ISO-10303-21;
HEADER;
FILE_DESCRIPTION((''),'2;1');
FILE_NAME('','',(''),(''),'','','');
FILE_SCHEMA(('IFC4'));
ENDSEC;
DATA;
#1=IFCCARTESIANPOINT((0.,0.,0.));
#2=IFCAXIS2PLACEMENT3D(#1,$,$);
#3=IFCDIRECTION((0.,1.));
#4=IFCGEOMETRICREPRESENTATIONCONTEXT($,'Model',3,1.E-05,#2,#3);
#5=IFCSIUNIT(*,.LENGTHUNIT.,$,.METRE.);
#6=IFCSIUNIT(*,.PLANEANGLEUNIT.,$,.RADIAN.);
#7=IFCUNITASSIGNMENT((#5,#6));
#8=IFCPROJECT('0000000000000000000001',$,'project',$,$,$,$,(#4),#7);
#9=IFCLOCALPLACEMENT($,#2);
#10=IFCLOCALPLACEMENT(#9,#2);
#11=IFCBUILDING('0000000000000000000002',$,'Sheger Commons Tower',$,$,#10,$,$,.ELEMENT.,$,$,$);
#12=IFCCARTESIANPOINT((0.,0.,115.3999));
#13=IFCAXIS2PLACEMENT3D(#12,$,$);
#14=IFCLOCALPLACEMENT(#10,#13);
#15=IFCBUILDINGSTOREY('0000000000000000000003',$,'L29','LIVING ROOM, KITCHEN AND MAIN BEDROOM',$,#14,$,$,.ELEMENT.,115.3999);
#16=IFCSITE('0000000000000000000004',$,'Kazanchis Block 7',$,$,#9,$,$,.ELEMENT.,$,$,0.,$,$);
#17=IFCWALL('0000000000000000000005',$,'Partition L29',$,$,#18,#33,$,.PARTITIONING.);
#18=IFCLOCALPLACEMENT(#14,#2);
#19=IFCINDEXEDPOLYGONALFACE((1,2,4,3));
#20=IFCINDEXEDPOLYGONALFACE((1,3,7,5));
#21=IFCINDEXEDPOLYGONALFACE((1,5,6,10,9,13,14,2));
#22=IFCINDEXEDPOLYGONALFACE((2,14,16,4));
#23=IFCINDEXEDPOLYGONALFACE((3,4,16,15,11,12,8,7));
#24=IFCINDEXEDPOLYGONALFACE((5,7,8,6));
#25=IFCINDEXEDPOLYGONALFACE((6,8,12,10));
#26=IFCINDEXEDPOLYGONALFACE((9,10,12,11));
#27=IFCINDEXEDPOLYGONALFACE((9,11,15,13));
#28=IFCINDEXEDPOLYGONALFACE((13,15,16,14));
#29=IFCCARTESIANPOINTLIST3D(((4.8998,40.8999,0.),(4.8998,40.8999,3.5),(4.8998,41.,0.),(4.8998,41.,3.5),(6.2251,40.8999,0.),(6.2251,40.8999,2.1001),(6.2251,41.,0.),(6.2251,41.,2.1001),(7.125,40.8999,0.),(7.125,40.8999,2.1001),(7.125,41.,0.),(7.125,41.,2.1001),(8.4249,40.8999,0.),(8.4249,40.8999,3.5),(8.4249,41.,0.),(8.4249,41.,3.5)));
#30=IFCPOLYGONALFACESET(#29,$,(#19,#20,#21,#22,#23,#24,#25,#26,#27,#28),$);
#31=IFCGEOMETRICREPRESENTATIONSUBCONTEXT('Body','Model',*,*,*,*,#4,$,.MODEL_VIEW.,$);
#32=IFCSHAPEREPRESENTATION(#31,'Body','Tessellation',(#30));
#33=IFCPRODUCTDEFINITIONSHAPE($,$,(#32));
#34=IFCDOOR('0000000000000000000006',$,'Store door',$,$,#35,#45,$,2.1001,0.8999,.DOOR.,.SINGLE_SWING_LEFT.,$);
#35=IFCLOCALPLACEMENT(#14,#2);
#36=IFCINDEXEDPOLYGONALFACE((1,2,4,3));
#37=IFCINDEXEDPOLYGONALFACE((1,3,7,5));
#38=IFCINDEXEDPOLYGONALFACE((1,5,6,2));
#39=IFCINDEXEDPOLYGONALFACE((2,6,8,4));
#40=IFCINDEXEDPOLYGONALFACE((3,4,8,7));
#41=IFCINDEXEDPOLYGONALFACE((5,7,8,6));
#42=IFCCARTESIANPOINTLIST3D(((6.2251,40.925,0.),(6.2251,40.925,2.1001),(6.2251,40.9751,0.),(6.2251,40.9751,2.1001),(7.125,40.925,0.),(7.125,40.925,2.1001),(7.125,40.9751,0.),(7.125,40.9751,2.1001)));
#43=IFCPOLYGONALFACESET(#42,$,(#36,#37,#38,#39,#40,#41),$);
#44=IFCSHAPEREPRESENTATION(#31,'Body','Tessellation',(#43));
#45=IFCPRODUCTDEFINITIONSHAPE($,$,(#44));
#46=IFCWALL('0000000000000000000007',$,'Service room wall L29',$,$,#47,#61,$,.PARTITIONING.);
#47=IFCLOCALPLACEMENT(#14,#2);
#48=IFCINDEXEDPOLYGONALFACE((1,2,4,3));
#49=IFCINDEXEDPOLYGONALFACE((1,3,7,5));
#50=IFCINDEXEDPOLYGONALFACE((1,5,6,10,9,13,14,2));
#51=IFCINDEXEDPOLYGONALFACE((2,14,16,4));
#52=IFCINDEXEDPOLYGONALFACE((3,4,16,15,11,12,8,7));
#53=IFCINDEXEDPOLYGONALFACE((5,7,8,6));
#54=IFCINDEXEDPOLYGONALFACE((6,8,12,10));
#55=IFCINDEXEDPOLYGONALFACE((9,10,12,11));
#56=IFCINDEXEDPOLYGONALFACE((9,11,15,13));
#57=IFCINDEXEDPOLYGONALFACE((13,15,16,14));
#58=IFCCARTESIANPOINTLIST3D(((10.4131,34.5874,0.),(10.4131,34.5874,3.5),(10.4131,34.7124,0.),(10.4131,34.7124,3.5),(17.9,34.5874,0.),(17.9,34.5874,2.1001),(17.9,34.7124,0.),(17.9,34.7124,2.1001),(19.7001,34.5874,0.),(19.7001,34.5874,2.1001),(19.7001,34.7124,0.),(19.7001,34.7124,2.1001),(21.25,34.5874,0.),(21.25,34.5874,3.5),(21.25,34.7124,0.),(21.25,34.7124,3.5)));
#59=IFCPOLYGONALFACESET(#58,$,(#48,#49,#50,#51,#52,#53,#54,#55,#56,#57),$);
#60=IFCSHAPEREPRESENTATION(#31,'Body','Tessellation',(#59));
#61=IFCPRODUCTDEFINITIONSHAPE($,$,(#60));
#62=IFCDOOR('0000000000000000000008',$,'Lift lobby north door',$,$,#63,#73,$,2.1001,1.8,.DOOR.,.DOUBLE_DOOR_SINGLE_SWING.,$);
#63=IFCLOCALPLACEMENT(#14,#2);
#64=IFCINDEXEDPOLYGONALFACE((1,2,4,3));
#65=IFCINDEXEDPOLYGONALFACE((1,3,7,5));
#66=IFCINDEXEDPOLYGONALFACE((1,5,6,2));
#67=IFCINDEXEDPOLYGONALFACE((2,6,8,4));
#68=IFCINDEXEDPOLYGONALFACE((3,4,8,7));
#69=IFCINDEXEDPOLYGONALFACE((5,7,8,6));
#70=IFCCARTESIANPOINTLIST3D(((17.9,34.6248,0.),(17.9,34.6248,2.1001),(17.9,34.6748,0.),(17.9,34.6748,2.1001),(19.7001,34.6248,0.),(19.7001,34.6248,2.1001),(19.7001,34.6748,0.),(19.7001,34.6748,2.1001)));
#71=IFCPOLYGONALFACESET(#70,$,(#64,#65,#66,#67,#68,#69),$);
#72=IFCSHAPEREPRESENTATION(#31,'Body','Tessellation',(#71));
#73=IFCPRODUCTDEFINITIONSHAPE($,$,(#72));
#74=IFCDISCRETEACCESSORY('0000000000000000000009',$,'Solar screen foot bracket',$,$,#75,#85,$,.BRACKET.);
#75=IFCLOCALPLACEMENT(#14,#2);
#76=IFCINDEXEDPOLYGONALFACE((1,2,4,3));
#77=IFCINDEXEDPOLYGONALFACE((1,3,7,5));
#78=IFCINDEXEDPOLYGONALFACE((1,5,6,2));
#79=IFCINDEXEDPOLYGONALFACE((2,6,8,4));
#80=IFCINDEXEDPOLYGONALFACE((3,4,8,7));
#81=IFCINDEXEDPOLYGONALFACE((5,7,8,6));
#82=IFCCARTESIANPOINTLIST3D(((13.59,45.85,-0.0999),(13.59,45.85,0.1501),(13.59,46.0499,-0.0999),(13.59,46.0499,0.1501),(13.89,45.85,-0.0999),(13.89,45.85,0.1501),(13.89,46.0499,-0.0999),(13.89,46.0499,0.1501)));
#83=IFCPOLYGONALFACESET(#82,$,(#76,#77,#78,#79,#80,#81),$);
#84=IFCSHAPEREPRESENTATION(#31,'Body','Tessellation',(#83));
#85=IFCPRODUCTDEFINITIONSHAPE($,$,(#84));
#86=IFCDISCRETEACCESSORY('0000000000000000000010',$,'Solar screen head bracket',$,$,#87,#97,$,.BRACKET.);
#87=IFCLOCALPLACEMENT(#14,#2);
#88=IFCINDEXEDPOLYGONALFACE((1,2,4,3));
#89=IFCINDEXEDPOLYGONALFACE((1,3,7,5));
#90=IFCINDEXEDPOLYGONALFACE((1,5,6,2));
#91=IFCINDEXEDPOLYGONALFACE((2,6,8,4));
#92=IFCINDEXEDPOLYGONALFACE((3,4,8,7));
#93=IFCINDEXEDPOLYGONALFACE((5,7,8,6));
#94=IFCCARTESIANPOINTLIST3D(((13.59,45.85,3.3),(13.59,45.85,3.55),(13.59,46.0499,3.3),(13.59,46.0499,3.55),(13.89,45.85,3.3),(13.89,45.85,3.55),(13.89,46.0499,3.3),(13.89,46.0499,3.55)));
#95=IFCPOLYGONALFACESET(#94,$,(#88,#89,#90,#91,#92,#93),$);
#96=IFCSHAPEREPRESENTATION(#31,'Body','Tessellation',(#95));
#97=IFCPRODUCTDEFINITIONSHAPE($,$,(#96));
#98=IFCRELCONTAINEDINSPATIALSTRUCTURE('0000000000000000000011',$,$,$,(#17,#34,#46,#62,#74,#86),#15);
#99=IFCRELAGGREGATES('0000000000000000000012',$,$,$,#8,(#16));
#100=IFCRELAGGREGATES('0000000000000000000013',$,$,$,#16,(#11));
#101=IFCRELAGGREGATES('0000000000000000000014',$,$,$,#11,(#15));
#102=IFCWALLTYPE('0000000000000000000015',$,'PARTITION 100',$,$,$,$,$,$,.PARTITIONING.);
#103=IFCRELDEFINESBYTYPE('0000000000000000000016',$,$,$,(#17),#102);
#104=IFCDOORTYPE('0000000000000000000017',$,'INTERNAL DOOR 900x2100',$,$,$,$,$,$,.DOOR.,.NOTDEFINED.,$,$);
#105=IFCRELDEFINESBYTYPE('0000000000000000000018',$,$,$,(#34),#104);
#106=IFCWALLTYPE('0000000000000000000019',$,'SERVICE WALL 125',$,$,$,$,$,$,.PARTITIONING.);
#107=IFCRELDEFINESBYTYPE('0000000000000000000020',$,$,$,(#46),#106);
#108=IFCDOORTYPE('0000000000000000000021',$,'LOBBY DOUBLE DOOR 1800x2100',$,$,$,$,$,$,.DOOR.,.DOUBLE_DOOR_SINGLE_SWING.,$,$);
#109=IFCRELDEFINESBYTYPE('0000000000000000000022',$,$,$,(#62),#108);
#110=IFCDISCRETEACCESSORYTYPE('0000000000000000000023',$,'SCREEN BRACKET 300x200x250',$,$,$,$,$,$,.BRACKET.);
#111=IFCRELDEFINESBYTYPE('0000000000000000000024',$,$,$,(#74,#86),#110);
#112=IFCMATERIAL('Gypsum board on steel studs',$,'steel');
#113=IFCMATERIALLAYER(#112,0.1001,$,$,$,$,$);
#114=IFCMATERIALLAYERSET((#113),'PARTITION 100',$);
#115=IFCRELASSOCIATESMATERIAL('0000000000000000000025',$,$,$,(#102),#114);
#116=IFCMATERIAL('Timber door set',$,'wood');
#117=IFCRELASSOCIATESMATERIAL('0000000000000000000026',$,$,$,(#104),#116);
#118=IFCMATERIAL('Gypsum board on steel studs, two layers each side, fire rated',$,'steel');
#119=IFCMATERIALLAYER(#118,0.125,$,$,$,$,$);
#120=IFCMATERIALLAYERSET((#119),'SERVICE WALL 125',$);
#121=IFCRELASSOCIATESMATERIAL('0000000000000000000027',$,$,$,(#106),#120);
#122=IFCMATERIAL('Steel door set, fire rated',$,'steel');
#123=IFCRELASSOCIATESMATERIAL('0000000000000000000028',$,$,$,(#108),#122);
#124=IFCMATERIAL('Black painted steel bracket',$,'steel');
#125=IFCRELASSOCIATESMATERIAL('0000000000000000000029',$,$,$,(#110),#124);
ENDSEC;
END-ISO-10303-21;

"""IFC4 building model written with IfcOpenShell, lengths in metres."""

from ifc_helpers import new_model, si_unit, direction, frame, frame_2d, origin, origin_2d, place, context, subcontext, project, spatial, rectangle, extrude, material, layer, layer_set, type_object, element, fill, save


model = new_model("IFC4")

# Units and contexts
model_context = context("Model", 3, precision=1e-05, world=origin(), true_north=direction((0.0, 1.0)))
body_context = subcontext(model_context, "Body", "Model", "MODEL_VIEW")
ifc_project = project(units=[si_unit("LENGTHUNIT", "METRE"), si_unit("PLANEANGLEUNIT", "RADIAN")], contexts=[model_context])

# Site, building, storey
site_placement = place(None, origin())
site = spatial("IfcSite", under=ifc_project, at=site_placement, Name="Kazanchis Block 7", CompositionType="ELEMENT", RefElevation=0.0)
building_placement = place(site_placement, origin())
building = spatial("IfcBuilding", under=site, at=building_placement, Name="Sheger Commons Tower", CompositionType="ELEMENT")
storey_placement = place(building_placement, frame((0.0, 0.0, 115.3999)))
storey = spatial("IfcBuildingStorey", under=building, at=storey_placement, Name="L29", Description="LIVING ROOM, KITCHEN AND MAIN BEDROOM", CompositionType="ELEMENT", Elevation=115.3999)

# Shared definitions
ifc_material_1 = material(Name="Gypsum board on steel studs", Category="steel")
ifc_layer_1 = layer(ifc_material_1, 0.1001)
ifc_layer_set_1 = layer_set([ifc_layer_1], Name="PARTITION 100")
wall_type_1 = type_object("IfcWallType", Name="PARTITION 100", PredefinedType="PARTITIONING", material=ifc_layer_set_1)

# Walls, openings, doors
wall_1_placement = place(storey_placement, frame((8.425, 40.95, 0.0), z_axis=(0.0, 0.0, 1.0), x_axis=(-1.0, 0.0, 0.0)))
wall_1 = element("IfcWall", 1, at=wall_1_placement, inside=storey, type_object=wall_type_1, Name="Partition L29", PredefinedType="PARTITIONING", context=body_context, shape_type="SweptSolid", body=[
    extrude(rectangle(XDim=3.5251, YDim=0.1001, at=frame_2d((1.7627, 0.0))), origin(), (0.0, 0.0, 1.0), 3.5),
])
opening_1_placement = place(wall_1_placement, frame((1.3, 0.0, 0.0)))
opening_1 = element("IfcOpeningElement", 2, at=opening_1_placement, cuts=wall_1, PredefinedType="OPENING", context=body_context, shape_type="SweptSolid", body=[
    extrude(rectangle(XDim=0.8999, YDim=2.1001, at=frame_2d((0.45, 1.05))), frame((0.0, 0.0601, 0.0), z_axis=(0.0, -1.0, 0.0), x_axis=(1.0, 0.0, 0.0)), (0.0, 0.0, 1.0), 0.1201),
])
ifc_material_2 = material(Name="Timber door set", Category="wood")
door_type_1 = type_object("IfcDoorType", Name="INTERNAL DOOR 900x2100", OperationType="NOTDEFINED", PredefinedType="DOOR", material=ifc_material_2)
door_1_placement = place(opening_1_placement, origin())
door_1 = element("IfcDoor", 3, at=door_1_placement, inside=storey, type_object=door_type_1, Name="Store door", OperationType="SINGLE_SWING_LEFT", OverallHeight=2.1001, OverallWidth=0.8999, PredefinedType="DOOR", context=body_context, shape_type="SweptSolid", body=[
    extrude(rectangle(XDim=0.8999, YDim=2.1001, at=frame_2d((0.45, 1.05))), frame((0.0, 0.0249, 0.0), z_axis=(0.0, -1.0, 0.0), x_axis=(1.0, 0.0, 0.0)), (0.0, 0.0, 1.0), 0.05),
])
fill(opening_1, door_1)
ifc_material_3 = material(Name="Gypsum board on steel studs, two layers each side, fire rated", Category="steel")
ifc_layer_2 = layer(ifc_material_3, 0.125)
ifc_layer_set_2 = layer_set([ifc_layer_2], Name="SERVICE WALL 125")
wall_type_2 = type_object("IfcWallType", Name="SERVICE WALL 125", PredefinedType="PARTITIONING", material=ifc_layer_set_2)
wall_2_placement = place(storey_placement, frame((10.4131, 34.6499, 0.0), z_axis=(0.0, 0.0, 1.0), x_axis=(1.0, 0.0, 0.0)))
wall_2 = element("IfcWall", 4, at=wall_2_placement, inside=storey, type_object=wall_type_2, Name="Service room wall L29", PredefinedType="PARTITIONING", context=body_context, shape_type="SweptSolid", body=[
    extrude(rectangle(XDim=10.8369, YDim=0.125, at=frame_2d((5.4185, 0.0))), origin(), (0.0, 0.0, 1.0), 3.5),
])
opening_2_placement = place(wall_2_placement, frame((7.4871, 0.0, 0.0)))
opening_2 = element("IfcOpeningElement", 5, at=opening_2_placement, cuts=wall_2, PredefinedType="OPENING", context=body_context, shape_type="SweptSolid", body=[
    extrude(rectangle(XDim=1.8, YDim=2.1001, at=frame_2d((0.8999, 1.05))), frame((0.0, 0.0725, 0.0), z_axis=(0.0, -1.0, 0.0), x_axis=(1.0, 0.0, 0.0)), (0.0, 0.0, 1.0), 0.145),
])
ifc_material_4 = material(Name="Steel door set, fire rated", Category="steel")
door_type_2 = type_object("IfcDoorType", Name="LOBBY DOUBLE DOOR 1800x2100", OperationType="DOUBLE_DOOR_SINGLE_SWING", PredefinedType="DOOR", material=ifc_material_4)
door_2_placement = place(opening_2_placement, origin())
door_2 = element("IfcDoor", 6, at=door_2_placement, inside=storey, type_object=door_type_2, Name="Lift lobby north door", OperationType="DOUBLE_DOOR_SINGLE_SWING", OverallHeight=2.1001, OverallWidth=1.8, PredefinedType="DOOR", context=body_context, shape_type="SweptSolid", body=[
    extrude(rectangle(XDim=1.8, YDim=2.1001, at=frame_2d((0.8999, 1.05))), frame((0.0, 0.0249, 0.0), z_axis=(0.0, -1.0, 0.0), x_axis=(1.0, 0.0, 0.0)), (0.0, 0.0, 1.0), 0.05),
])
fill(opening_2, door_2)

# Discrete accessories
ifc_material_5 = material(Name="Black painted steel bracket", Category="steel")
discrete_accessory_type = type_object("IfcDiscreteAccessoryType", Name="SCREEN BRACKET 300x200x250", PredefinedType="BRACKET", material=ifc_material_5)
for number, where, z_axis, x_axis, name in (
    (7, (13.74, 45.95, -0.0999), (0.0, 0.0, 1.0), (-1.0, 0.0, 0.0), "Solar screen foot bracket"),
    (8, (13.74, 45.95, 3.3), (0.0, 0.0, 1.0), (-1.0, 0.0, 0.0), "Solar screen head bracket"),
):
    element("IfcDiscreteAccessory", number, at=place(storey_placement, frame(where, z_axis=z_axis, x_axis=x_axis)), inside=storey, type_object=discrete_accessory_type, Name=name, PredefinedType="BRACKET", context=body_context, shape_type="SweptSolid", body=[
        extrude(rectangle(XDim=0.3, YDim=0.2, at=origin_2d()), origin(), (0.0, 0.0, 1.0), 0.25),
    ])

save(model, "model.ifc")
